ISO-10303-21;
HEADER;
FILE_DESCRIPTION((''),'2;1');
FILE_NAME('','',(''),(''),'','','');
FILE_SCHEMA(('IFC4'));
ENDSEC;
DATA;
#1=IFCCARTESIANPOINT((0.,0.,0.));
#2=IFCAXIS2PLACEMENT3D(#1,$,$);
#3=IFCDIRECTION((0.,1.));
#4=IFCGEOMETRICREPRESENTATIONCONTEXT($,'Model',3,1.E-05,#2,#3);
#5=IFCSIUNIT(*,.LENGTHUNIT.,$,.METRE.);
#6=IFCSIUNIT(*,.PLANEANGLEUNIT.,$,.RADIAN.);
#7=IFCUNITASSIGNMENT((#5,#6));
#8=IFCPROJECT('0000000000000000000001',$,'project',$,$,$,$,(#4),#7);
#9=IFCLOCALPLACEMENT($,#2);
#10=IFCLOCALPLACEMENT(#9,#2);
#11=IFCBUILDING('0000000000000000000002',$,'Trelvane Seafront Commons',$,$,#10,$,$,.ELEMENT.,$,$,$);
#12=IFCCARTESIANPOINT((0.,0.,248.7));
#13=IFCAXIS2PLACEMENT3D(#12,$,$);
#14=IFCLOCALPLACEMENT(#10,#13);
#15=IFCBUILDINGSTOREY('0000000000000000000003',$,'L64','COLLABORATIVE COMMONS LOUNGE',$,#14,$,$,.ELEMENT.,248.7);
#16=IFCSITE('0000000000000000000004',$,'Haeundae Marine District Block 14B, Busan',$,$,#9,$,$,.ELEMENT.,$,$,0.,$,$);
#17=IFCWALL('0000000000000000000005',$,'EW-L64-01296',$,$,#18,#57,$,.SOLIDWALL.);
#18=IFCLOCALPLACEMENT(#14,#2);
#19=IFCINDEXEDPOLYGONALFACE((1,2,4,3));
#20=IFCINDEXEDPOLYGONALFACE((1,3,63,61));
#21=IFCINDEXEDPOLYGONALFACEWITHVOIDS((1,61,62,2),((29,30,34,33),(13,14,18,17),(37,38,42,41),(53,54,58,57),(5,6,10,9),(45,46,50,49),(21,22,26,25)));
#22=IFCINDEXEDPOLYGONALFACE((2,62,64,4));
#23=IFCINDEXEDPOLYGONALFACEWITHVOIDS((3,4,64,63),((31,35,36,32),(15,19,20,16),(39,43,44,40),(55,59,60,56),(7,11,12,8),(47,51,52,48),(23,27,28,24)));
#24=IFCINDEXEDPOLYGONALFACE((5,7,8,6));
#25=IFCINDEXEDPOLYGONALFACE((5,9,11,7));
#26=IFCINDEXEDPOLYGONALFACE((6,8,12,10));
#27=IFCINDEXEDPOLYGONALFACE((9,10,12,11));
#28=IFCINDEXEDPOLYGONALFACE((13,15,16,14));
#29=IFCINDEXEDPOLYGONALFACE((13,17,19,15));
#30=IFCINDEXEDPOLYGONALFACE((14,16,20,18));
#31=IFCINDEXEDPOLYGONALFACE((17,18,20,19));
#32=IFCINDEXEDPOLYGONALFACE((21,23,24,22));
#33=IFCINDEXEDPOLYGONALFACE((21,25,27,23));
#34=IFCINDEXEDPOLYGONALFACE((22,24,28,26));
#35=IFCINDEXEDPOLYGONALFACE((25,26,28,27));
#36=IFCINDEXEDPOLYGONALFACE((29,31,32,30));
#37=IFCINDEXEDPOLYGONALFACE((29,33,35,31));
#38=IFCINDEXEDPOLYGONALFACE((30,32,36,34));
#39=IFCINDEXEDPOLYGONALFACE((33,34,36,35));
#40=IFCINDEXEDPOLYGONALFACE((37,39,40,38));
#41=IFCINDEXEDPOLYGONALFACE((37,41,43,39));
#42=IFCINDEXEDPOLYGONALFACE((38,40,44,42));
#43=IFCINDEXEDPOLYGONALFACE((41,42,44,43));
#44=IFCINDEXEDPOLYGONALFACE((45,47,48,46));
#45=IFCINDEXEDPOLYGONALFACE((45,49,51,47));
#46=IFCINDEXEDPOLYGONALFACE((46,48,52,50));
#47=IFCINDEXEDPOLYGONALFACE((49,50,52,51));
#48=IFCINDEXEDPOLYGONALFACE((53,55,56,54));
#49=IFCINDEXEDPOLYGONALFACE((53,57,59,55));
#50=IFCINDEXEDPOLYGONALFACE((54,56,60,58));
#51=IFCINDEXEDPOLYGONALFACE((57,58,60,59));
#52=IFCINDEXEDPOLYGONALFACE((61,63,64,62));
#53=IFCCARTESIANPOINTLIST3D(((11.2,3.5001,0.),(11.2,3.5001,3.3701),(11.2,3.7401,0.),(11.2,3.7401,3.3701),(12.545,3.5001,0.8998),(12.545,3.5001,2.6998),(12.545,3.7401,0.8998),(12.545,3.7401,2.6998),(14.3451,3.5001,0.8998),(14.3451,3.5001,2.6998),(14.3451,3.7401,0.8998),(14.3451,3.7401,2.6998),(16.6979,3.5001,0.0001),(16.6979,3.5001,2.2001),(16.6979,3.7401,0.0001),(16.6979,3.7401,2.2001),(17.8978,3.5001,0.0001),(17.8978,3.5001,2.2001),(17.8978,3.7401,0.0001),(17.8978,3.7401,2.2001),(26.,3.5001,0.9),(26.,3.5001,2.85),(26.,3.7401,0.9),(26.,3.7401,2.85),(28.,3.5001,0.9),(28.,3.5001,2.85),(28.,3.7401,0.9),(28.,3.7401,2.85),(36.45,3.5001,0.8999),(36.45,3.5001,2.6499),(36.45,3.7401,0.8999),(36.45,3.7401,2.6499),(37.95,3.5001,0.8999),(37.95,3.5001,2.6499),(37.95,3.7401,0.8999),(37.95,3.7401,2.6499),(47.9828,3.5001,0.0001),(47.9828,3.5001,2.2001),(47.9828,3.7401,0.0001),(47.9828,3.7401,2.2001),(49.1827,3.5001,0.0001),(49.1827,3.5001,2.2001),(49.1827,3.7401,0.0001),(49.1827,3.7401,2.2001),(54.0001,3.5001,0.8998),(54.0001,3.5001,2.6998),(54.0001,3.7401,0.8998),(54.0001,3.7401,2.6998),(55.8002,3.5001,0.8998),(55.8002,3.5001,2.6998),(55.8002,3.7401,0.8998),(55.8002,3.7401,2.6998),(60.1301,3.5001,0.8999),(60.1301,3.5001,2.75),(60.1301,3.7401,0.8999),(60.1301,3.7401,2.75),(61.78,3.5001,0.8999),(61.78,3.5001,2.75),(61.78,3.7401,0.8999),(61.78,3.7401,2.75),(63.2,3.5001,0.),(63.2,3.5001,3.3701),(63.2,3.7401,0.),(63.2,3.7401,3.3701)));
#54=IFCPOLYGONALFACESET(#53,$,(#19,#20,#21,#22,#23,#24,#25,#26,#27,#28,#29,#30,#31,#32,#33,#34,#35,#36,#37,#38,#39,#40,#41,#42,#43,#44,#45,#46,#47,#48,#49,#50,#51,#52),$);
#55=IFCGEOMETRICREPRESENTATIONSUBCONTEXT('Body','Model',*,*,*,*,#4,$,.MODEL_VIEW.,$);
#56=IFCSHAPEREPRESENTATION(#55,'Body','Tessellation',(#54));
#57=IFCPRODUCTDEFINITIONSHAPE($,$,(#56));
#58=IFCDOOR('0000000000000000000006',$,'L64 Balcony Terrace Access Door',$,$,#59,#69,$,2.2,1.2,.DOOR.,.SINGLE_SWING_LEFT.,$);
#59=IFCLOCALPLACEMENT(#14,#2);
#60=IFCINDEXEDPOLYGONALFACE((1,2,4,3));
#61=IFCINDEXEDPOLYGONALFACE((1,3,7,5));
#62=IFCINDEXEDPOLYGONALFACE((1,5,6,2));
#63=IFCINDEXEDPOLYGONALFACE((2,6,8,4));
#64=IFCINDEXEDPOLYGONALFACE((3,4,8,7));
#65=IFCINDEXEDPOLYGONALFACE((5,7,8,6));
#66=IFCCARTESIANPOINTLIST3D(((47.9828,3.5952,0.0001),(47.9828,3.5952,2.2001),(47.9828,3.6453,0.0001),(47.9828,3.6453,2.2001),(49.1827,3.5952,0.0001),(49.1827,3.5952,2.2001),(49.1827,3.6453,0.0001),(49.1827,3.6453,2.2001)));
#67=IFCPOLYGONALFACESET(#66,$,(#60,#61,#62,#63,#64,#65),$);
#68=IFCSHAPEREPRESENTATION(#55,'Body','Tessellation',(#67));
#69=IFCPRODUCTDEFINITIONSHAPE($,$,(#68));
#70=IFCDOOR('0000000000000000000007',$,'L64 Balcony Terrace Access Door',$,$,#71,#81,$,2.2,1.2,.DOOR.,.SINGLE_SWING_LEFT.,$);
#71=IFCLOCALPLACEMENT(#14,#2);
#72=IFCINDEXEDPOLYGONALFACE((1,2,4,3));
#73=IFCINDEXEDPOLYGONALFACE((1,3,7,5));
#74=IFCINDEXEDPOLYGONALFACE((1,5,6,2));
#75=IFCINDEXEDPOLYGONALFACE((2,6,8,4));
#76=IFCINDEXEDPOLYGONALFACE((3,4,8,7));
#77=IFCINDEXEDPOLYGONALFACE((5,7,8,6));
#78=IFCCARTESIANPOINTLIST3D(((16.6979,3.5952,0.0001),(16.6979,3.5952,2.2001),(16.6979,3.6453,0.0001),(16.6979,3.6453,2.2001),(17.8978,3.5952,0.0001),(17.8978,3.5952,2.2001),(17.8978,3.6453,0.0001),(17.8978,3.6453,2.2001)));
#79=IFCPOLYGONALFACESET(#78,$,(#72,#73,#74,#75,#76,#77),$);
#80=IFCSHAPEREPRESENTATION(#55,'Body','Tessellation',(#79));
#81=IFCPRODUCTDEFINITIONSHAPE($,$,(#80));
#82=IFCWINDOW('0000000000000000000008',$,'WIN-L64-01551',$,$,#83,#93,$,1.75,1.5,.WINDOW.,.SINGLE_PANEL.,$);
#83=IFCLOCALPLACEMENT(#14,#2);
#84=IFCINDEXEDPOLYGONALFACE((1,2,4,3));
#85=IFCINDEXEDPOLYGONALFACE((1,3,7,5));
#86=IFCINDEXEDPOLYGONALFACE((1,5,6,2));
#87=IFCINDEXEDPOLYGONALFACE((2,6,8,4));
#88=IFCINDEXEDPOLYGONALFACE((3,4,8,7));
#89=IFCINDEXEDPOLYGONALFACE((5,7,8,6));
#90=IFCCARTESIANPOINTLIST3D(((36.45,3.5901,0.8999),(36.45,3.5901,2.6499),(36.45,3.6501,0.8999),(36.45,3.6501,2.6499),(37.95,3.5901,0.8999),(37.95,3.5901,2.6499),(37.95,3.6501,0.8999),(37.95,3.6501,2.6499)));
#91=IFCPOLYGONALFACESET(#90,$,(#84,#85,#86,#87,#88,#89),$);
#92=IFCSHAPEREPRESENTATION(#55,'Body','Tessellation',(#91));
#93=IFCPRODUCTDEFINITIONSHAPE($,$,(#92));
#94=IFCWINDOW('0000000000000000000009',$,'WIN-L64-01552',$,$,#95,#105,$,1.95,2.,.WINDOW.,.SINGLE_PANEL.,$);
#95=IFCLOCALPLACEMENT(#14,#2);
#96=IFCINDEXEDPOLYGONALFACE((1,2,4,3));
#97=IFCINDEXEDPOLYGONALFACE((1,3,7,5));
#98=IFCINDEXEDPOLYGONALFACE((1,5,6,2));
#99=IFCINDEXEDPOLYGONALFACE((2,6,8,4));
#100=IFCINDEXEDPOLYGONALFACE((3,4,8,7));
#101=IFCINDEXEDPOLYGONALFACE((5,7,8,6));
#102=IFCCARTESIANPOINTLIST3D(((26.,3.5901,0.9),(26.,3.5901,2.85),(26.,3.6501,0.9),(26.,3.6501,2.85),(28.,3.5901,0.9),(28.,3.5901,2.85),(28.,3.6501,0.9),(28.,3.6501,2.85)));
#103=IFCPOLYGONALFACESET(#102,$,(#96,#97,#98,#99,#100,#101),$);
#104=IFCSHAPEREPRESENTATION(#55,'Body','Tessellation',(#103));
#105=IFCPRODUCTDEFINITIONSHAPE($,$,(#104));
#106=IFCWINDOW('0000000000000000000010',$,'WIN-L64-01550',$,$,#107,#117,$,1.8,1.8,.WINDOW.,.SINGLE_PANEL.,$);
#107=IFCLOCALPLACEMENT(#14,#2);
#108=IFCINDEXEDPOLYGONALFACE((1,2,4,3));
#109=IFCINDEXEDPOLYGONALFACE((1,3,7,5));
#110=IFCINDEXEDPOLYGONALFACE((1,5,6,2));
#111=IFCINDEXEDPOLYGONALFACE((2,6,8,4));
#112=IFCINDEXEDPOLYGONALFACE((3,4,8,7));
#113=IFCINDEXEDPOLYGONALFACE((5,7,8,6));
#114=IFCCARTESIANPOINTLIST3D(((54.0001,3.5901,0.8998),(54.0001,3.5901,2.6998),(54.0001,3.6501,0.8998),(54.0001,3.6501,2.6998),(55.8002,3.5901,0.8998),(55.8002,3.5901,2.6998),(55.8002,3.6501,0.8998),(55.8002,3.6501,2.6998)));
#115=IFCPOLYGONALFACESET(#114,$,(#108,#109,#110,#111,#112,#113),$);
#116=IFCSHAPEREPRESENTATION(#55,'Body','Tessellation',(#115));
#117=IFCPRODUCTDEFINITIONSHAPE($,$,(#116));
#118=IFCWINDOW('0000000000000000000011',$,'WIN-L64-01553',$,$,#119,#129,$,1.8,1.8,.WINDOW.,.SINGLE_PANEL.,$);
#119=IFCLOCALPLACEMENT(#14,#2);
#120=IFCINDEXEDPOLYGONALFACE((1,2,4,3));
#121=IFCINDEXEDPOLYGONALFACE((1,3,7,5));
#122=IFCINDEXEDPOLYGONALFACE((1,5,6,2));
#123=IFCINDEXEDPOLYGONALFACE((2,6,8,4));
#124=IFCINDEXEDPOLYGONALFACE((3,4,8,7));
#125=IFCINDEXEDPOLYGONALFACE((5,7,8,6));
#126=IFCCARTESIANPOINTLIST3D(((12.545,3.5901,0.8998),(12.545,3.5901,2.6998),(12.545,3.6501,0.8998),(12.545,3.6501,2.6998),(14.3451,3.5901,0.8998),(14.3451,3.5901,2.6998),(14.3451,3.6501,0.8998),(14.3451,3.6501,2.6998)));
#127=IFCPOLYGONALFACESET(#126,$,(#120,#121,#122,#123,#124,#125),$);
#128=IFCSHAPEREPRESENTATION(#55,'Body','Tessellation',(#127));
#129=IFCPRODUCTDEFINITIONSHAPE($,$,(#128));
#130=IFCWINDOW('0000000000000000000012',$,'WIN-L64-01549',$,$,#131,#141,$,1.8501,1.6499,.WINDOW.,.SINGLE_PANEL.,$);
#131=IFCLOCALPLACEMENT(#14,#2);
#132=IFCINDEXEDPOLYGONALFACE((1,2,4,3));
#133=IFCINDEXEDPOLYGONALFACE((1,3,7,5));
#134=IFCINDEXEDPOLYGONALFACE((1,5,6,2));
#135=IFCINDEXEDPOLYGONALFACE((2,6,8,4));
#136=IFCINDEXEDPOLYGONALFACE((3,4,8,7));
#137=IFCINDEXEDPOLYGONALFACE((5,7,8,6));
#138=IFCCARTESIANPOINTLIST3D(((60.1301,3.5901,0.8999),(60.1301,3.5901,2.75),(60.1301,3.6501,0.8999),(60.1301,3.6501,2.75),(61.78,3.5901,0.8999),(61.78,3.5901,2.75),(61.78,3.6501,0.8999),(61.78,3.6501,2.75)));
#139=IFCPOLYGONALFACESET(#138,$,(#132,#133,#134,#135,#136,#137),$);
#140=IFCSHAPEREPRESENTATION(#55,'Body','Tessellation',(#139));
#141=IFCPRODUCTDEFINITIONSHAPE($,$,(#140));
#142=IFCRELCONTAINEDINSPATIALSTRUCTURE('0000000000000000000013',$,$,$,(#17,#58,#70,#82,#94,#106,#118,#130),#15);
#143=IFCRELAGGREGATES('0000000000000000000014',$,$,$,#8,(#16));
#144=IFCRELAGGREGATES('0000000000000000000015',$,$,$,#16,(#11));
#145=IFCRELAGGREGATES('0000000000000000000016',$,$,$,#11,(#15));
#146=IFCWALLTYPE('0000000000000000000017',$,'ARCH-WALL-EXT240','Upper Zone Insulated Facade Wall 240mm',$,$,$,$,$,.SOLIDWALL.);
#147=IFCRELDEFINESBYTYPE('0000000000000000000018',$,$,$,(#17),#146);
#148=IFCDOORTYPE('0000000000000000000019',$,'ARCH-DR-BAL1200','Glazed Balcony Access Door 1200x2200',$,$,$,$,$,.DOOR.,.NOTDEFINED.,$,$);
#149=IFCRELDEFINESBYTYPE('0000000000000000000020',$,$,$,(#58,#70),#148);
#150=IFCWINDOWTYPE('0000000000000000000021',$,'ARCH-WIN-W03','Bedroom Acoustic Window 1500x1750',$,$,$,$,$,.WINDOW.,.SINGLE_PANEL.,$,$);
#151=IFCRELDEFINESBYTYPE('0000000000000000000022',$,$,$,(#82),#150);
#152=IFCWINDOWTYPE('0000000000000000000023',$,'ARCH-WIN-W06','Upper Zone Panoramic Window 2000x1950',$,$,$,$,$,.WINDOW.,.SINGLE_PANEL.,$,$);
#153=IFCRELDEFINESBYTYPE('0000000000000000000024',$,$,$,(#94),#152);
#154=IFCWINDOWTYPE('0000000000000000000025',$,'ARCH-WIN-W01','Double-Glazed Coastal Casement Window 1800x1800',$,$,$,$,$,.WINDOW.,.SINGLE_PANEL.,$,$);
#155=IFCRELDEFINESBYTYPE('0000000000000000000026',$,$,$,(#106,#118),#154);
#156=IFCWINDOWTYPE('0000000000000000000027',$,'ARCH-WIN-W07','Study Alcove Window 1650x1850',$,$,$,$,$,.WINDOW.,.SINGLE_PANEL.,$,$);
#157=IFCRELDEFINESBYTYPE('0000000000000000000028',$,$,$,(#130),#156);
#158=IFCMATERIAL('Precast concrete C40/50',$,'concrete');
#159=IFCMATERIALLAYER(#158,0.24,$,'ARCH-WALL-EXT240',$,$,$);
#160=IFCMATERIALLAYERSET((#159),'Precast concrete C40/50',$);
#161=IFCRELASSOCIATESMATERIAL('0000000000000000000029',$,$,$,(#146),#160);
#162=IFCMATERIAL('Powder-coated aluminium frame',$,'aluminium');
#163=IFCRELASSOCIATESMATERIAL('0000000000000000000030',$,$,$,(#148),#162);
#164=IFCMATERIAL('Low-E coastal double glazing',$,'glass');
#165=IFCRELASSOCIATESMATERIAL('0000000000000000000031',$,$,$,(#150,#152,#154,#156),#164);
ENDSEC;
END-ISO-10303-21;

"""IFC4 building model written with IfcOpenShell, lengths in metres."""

from ifc_helpers import new_model, si_unit, direction, frame, frame_2d, origin, place, context, subcontext, project, spatial, rectangle, extrude, source, transform, mapped, material, layer, layer_set, type_object, element, fill, save


model = new_model("IFC4")

# Units and contexts
model_context = context("Model", 3, precision=1e-05, world=origin(), true_north=direction((0.0, 1.0)))
body_context = subcontext(model_context, "Body", "Model", "MODEL_VIEW")
ifc_project = project(units=[si_unit("LENGTHUNIT", "METRE"), si_unit("PLANEANGLEUNIT", "RADIAN")], contexts=[model_context])

# Site, building, storey
site_placement = place(None, origin())
site = spatial("IfcSite", under=ifc_project, at=site_placement, Name="Haeundae Marine District Block 14B, Busan", CompositionType="ELEMENT", RefElevation=0.0)
building_placement = place(site_placement, origin())
building = spatial("IfcBuilding", under=site, at=building_placement, Name="Trelvane Seafront Commons", CompositionType="ELEMENT")
storey_placement = place(building_placement, frame((0.0, 0.0, 248.7)))
storey = spatial("IfcBuildingStorey", under=building, at=storey_placement, Name="L64", Description="COLLABORATIVE COMMONS LOUNGE", CompositionType="ELEMENT", Elevation=248.7)

# Shared definitions
ifc_material_1 = material(Name="Precast concrete C40/50", Category="concrete")
ifc_layer_1 = layer(ifc_material_1, 0.24, Name="ARCH-WALL-EXT240")
ifc_layer_set_1 = layer_set([ifc_layer_1], Name="Precast concrete C40/50")
wall_type_1 = type_object("IfcWallType", Name="ARCH-WALL-EXT240", Description="Upper Zone Insulated Facade Wall 240mm", PredefinedType="SOLIDWALL", material=ifc_layer_set_1)

# Wall, openings, doors, windows
wall_1_placement = place(storey_placement, frame((63.2, 3.6201, 0.0), z_axis=(0.0, 0.0, 1.0), x_axis=(-1.0, 0.0, 0.0)))
wall_1 = element("IfcWall", 1, at=wall_1_placement, inside=storey, type_object=wall_type_1, Name="EW-L64-01296", PredefinedType="SOLIDWALL", context=body_context, shape_type="SweptSolid", body=[
    extrude(rectangle(XDim=52.0, YDim=0.24, at=frame_2d((26.0, 0.0))), origin(), (0.0, 0.0, 1.0), 3.3701),
])
opening_1_placement = place(wall_1_placement, frame((1.4199, 0.0, 0.8999)))
opening_1 = element("IfcOpeningElement", 2, at=opening_1_placement, cuts=wall_1, PredefinedType="OPENING", context=body_context, shape_type="SweptSolid", body=[
    extrude(rectangle(XDim=1.6499, YDim=1.8501, at=frame_2d((0.825, 0.925))), frame((0.0, 0.1299, 0.0), z_axis=(0.0, -1.0, 0.0), x_axis=(1.0, 0.0, 0.0)), (0.0, 0.0, 1.0), 0.26),
])
opening_2_placement = place(wall_1_placement, frame((7.3999, 0.0, 0.8999)))
opening_2 = element("IfcOpeningElement", 3, at=opening_2_placement, cuts=wall_1, PredefinedType="OPENING", context=body_context, shape_type="SweptSolid", body=[
    extrude(rectangle(XDim=1.8, YDim=1.8, at=frame_2d((0.8999, 0.8999))), frame((0.0, 0.1299, 0.0), z_axis=(0.0, -1.0, 0.0), x_axis=(1.0, 0.0, 0.0)), (0.0, 0.0, 1.0), 0.26),
])
opening_3_placement = place(wall_1_placement, frame((14.0171, 0.0, 0.0)))
opening_3 = element("IfcOpeningElement", 4, at=opening_3_placement, cuts=wall_1, PredefinedType="OPENING", context=body_context, shape_type="SweptSolid", body=[
    extrude(rectangle(XDim=1.2, YDim=2.2, at=frame_2d((0.6001, 1.1001))), frame((0.0, 0.1299, 0.0), z_axis=(0.0, -1.0, 0.0), x_axis=(1.0, 0.0, 0.0)), (0.0, 0.0, 1.0), 0.26),
])
opening_4_placement = place(wall_1_placement, frame((25.25, 0.0, 0.8999)))
opening_4 = element("IfcOpeningElement", 5, at=opening_4_placement, cuts=wall_1, PredefinedType="OPENING", context=body_context, shape_type="SweptSolid", body=[
    extrude(rectangle(XDim=1.5, YDim=1.75, at=frame_2d((0.75, 0.875))), frame((0.0, 0.1299, 0.0), z_axis=(0.0, -1.0, 0.0), x_axis=(1.0, 0.0, 0.0)), (0.0, 0.0, 1.0), 0.26),
])
opening_5_placement = place(wall_1_placement, frame((35.2, 0.0, 0.8999)))
opening_5 = element("IfcOpeningElement", 6, at=opening_5_placement, cuts=wall_1, PredefinedType="OPENING", context=body_context, shape_type="SweptSolid", body=[
    extrude(rectangle(XDim=2.0, YDim=1.95, at=frame_2d((1.0, 0.9751))), frame((0.0, 0.1299, 0.0), z_axis=(0.0, -1.0, 0.0), x_axis=(1.0, 0.0, 0.0)), (0.0, 0.0, 1.0), 0.26),
])
opening_6_placement = place(wall_1_placement, frame((45.302, 0.0, 0.0)))
opening_6 = element("IfcOpeningElement", 7, at=opening_6_placement, cuts=wall_1, PredefinedType="OPENING", context=body_context, shape_type="SweptSolid", body=[
    extrude(rectangle(XDim=1.2, YDim=2.2, at=frame_2d((0.6001, 1.1001))), frame((0.0, 0.1299, 0.0), z_axis=(0.0, -1.0, 0.0), x_axis=(1.0, 0.0, 0.0)), (0.0, 0.0, 1.0), 0.26),
])
opening_7_placement = place(wall_1_placement, frame((48.855, 0.0, 0.8999)))
opening_7 = element("IfcOpeningElement", 8, at=opening_7_placement, cuts=wall_1, PredefinedType="OPENING", context=body_context, shape_type="SweptSolid", body=[
    extrude(rectangle(XDim=1.8, YDim=1.8, at=frame_2d((0.8999, 0.8999))), frame((0.0, 0.1299, 0.0), z_axis=(0.0, -1.0, 0.0), x_axis=(1.0, 0.0, 0.0)), (0.0, 0.0, 1.0), 0.26),
])
ifc_material_2 = material(Name="Powder-coated aluminium frame", Category="aluminium")
door_type_1 = type_object("IfcDoorType", Name="ARCH-DR-BAL1200", Description="Glazed Balcony Access Door 1200x2200", OperationType="NOTDEFINED", PredefinedType="DOOR", material=ifc_material_2)
shared_shape_1 = source(origin(), body_context, "Body", "SweptSolid", [
    extrude(rectangle(XDim=1.2, YDim=2.2, at=frame_2d((0.6001, 1.1001))), frame((0.0, 0.0249, 0.0), z_axis=(0.0, -1.0, 0.0), x_axis=(1.0, 0.0, 0.0)), (0.0, 0.0, 1.0), 0.05),
])
door_1_placement = place(opening_3_placement, origin())
door_1 = element("IfcDoor", 9, at=door_1_placement, inside=storey, type_object=door_type_1, Name="L64 Balcony Terrace Access Door", OperationType="SINGLE_SWING_LEFT", OverallHeight=2.2, OverallWidth=1.2, PredefinedType="DOOR", context=body_context, shape_type="MappedRepresentation", body=[
    mapped(shared_shape_1, transform((0.0, 0.0, 0.0), x_axis=(1.0, 0.0, 0.0), y_axis=(0.0, 1.0, 0.0), z_axis=(0.0, 0.0, 1.0), scale=1.0)),
])
fill(opening_3, door_1)
door_2_placement = place(opening_6_placement, origin())
door_2 = element("IfcDoor", 10, at=door_2_placement, inside=storey, type_object=door_type_1, Name="L64 Balcony Terrace Access Door", OperationType="SINGLE_SWING_LEFT", OverallHeight=2.2, OverallWidth=1.2, PredefinedType="DOOR", context=body_context, shape_type="MappedRepresentation", body=[
    mapped(shared_shape_1, transform((0.0, 0.0, 0.0), x_axis=(1.0, 0.0, 0.0), y_axis=(0.0, 1.0, 0.0), z_axis=(0.0, 0.0, 1.0), scale=1.0)),
])
fill(opening_6, door_2)
ifc_material_3 = material(Name="Low-E coastal double glazing", Category="glass")
window_type_1 = type_object("IfcWindowType", Name="ARCH-WIN-W03", Description="Bedroom Acoustic Window 1500x1750", PartitioningType="SINGLE_PANEL", PredefinedType="WINDOW", material=ifc_material_3)
shared_shape_2 = source(origin(), body_context, "Body", "SweptSolid", [
    extrude(rectangle(XDim=1.5, YDim=1.75, at=frame_2d((0.75, 0.875))), frame((0.0, 0.03, 0.0), z_axis=(0.0, -1.0, 0.0), x_axis=(1.0, 0.0, 0.0)), (0.0, 0.0, 1.0), 0.0601),
])
window_1_placement = place(opening_4_placement, origin())
window_1 = element("IfcWindow", 11, at=window_1_placement, inside=storey, type_object=window_type_1, Name="WIN-L64-01551", OverallHeight=1.75, OverallWidth=1.5, PartitioningType="SINGLE_PANEL", PredefinedType="WINDOW", context=body_context, shape_type="MappedRepresentation", body=[
    mapped(shared_shape_2, transform((0.0, 0.0, 0.0), x_axis=(1.0, 0.0, 0.0), y_axis=(0.0, 1.0, 0.0), z_axis=(0.0, 0.0, 1.0), scale=1.0)),
])
fill(opening_4, window_1)
window_type_2 = type_object("IfcWindowType", Name="ARCH-WIN-W06", Description="Upper Zone Panoramic Window 2000x1950", PartitioningType="SINGLE_PANEL", PredefinedType="WINDOW", material=ifc_material_3)
shared_shape_3 = source(origin(), body_context, "Body", "SweptSolid", [
    extrude(rectangle(XDim=2.0, YDim=1.95, at=frame_2d((1.0, 0.9751))), frame((0.0, 0.03, 0.0), z_axis=(0.0, -1.0, 0.0), x_axis=(1.0, 0.0, 0.0)), (0.0, 0.0, 1.0), 0.0601),
])
window_2_placement = place(opening_5_placement, origin())
window_2 = element("IfcWindow", 12, at=window_2_placement, inside=storey, type_object=window_type_2, Name="WIN-L64-01552", OverallHeight=1.95, OverallWidth=2.0, PartitioningType="SINGLE_PANEL", PredefinedType="WINDOW", context=body_context, shape_type="MappedRepresentation", body=[
    mapped(shared_shape_3, transform((0.0, 0.0, 0.0), x_axis=(1.0, 0.0, 0.0), y_axis=(0.0, 1.0, 0.0), z_axis=(0.0, 0.0, 1.0), scale=1.0)),
])
fill(opening_5, window_2)
window_type_3 = type_object("IfcWindowType", Name="ARCH-WIN-W01", Description="Double-Glazed Coastal Casement Window 1800x1800", PartitioningType="SINGLE_PANEL", PredefinedType="WINDOW", material=ifc_material_3)
shared_shape_4 = source(origin(), body_context, "Body", "SweptSolid", [
    extrude(rectangle(XDim=1.8, YDim=1.8, at=frame_2d((0.8999, 0.8999))), frame((0.0, 0.03, 0.0), z_axis=(0.0, -1.0, 0.0), x_axis=(1.0, 0.0, 0.0)), (0.0, 0.0, 1.0), 0.0601),
])
window_3_placement = place(opening_2_placement, origin())
window_3 = element("IfcWindow", 13, at=window_3_placement, inside=storey, type_object=window_type_3, Name="WIN-L64-01550", OverallHeight=1.8, OverallWidth=1.8, PartitioningType="SINGLE_PANEL", PredefinedType="WINDOW", context=body_context, shape_type="MappedRepresentation", body=[
    mapped(shared_shape_4, transform((0.0, 0.0, 0.0), x_axis=(1.0, 0.0, 0.0), y_axis=(0.0, 1.0, 0.0), z_axis=(0.0, 0.0, 1.0), scale=1.0)),
])
fill(opening_2, window_3)
window_4_placement = place(opening_7_placement, origin())
window_4 = element("IfcWindow", 14, at=window_4_placement, inside=storey, type_object=window_type_3, Name="WIN-L64-01553", OverallHeight=1.8, OverallWidth=1.8, PartitioningType="SINGLE_PANEL", PredefinedType="WINDOW", context=body_context, shape_type="MappedRepresentation", body=[
    mapped(shared_shape_4, transform((0.0, 0.0, 0.0), x_axis=(1.0, 0.0, 0.0), y_axis=(0.0, 1.0, 0.0), z_axis=(0.0, 0.0, 1.0), scale=1.0)),
])
fill(opening_7, window_4)
window_type_4 = type_object("IfcWindowType", Name="ARCH-WIN-W07", Description="Study Alcove Window 1650x1850", PartitioningType="SINGLE_PANEL", PredefinedType="WINDOW", material=ifc_material_3)
shared_shape_5 = source(origin(), body_context, "Body", "SweptSolid", [
    extrude(rectangle(XDim=1.6499, YDim=1.8501, at=frame_2d((0.825, 0.925))), frame((0.0, 0.03, 0.0), z_axis=(0.0, -1.0, 0.0), x_axis=(1.0, 0.0, 0.0)), (0.0, 0.0, 1.0), 0.0601),
])
window_5_placement = place(opening_1_placement, origin())
window_5 = element("IfcWindow", 15, at=window_5_placement, inside=storey, type_object=window_type_4, Name="WIN-L64-01549", OverallHeight=1.8501, OverallWidth=1.6499, PartitioningType="SINGLE_PANEL", PredefinedType="WINDOW", context=body_context, shape_type="MappedRepresentation", body=[
    mapped(shared_shape_5, transform((0.0, 0.0, 0.0), x_axis=(1.0, 0.0, 0.0), y_axis=(0.0, 1.0, 0.0), z_axis=(0.0, 0.0, 1.0), scale=1.0)),
])
fill(opening_1, window_5)

save(model, "model.ifc")
